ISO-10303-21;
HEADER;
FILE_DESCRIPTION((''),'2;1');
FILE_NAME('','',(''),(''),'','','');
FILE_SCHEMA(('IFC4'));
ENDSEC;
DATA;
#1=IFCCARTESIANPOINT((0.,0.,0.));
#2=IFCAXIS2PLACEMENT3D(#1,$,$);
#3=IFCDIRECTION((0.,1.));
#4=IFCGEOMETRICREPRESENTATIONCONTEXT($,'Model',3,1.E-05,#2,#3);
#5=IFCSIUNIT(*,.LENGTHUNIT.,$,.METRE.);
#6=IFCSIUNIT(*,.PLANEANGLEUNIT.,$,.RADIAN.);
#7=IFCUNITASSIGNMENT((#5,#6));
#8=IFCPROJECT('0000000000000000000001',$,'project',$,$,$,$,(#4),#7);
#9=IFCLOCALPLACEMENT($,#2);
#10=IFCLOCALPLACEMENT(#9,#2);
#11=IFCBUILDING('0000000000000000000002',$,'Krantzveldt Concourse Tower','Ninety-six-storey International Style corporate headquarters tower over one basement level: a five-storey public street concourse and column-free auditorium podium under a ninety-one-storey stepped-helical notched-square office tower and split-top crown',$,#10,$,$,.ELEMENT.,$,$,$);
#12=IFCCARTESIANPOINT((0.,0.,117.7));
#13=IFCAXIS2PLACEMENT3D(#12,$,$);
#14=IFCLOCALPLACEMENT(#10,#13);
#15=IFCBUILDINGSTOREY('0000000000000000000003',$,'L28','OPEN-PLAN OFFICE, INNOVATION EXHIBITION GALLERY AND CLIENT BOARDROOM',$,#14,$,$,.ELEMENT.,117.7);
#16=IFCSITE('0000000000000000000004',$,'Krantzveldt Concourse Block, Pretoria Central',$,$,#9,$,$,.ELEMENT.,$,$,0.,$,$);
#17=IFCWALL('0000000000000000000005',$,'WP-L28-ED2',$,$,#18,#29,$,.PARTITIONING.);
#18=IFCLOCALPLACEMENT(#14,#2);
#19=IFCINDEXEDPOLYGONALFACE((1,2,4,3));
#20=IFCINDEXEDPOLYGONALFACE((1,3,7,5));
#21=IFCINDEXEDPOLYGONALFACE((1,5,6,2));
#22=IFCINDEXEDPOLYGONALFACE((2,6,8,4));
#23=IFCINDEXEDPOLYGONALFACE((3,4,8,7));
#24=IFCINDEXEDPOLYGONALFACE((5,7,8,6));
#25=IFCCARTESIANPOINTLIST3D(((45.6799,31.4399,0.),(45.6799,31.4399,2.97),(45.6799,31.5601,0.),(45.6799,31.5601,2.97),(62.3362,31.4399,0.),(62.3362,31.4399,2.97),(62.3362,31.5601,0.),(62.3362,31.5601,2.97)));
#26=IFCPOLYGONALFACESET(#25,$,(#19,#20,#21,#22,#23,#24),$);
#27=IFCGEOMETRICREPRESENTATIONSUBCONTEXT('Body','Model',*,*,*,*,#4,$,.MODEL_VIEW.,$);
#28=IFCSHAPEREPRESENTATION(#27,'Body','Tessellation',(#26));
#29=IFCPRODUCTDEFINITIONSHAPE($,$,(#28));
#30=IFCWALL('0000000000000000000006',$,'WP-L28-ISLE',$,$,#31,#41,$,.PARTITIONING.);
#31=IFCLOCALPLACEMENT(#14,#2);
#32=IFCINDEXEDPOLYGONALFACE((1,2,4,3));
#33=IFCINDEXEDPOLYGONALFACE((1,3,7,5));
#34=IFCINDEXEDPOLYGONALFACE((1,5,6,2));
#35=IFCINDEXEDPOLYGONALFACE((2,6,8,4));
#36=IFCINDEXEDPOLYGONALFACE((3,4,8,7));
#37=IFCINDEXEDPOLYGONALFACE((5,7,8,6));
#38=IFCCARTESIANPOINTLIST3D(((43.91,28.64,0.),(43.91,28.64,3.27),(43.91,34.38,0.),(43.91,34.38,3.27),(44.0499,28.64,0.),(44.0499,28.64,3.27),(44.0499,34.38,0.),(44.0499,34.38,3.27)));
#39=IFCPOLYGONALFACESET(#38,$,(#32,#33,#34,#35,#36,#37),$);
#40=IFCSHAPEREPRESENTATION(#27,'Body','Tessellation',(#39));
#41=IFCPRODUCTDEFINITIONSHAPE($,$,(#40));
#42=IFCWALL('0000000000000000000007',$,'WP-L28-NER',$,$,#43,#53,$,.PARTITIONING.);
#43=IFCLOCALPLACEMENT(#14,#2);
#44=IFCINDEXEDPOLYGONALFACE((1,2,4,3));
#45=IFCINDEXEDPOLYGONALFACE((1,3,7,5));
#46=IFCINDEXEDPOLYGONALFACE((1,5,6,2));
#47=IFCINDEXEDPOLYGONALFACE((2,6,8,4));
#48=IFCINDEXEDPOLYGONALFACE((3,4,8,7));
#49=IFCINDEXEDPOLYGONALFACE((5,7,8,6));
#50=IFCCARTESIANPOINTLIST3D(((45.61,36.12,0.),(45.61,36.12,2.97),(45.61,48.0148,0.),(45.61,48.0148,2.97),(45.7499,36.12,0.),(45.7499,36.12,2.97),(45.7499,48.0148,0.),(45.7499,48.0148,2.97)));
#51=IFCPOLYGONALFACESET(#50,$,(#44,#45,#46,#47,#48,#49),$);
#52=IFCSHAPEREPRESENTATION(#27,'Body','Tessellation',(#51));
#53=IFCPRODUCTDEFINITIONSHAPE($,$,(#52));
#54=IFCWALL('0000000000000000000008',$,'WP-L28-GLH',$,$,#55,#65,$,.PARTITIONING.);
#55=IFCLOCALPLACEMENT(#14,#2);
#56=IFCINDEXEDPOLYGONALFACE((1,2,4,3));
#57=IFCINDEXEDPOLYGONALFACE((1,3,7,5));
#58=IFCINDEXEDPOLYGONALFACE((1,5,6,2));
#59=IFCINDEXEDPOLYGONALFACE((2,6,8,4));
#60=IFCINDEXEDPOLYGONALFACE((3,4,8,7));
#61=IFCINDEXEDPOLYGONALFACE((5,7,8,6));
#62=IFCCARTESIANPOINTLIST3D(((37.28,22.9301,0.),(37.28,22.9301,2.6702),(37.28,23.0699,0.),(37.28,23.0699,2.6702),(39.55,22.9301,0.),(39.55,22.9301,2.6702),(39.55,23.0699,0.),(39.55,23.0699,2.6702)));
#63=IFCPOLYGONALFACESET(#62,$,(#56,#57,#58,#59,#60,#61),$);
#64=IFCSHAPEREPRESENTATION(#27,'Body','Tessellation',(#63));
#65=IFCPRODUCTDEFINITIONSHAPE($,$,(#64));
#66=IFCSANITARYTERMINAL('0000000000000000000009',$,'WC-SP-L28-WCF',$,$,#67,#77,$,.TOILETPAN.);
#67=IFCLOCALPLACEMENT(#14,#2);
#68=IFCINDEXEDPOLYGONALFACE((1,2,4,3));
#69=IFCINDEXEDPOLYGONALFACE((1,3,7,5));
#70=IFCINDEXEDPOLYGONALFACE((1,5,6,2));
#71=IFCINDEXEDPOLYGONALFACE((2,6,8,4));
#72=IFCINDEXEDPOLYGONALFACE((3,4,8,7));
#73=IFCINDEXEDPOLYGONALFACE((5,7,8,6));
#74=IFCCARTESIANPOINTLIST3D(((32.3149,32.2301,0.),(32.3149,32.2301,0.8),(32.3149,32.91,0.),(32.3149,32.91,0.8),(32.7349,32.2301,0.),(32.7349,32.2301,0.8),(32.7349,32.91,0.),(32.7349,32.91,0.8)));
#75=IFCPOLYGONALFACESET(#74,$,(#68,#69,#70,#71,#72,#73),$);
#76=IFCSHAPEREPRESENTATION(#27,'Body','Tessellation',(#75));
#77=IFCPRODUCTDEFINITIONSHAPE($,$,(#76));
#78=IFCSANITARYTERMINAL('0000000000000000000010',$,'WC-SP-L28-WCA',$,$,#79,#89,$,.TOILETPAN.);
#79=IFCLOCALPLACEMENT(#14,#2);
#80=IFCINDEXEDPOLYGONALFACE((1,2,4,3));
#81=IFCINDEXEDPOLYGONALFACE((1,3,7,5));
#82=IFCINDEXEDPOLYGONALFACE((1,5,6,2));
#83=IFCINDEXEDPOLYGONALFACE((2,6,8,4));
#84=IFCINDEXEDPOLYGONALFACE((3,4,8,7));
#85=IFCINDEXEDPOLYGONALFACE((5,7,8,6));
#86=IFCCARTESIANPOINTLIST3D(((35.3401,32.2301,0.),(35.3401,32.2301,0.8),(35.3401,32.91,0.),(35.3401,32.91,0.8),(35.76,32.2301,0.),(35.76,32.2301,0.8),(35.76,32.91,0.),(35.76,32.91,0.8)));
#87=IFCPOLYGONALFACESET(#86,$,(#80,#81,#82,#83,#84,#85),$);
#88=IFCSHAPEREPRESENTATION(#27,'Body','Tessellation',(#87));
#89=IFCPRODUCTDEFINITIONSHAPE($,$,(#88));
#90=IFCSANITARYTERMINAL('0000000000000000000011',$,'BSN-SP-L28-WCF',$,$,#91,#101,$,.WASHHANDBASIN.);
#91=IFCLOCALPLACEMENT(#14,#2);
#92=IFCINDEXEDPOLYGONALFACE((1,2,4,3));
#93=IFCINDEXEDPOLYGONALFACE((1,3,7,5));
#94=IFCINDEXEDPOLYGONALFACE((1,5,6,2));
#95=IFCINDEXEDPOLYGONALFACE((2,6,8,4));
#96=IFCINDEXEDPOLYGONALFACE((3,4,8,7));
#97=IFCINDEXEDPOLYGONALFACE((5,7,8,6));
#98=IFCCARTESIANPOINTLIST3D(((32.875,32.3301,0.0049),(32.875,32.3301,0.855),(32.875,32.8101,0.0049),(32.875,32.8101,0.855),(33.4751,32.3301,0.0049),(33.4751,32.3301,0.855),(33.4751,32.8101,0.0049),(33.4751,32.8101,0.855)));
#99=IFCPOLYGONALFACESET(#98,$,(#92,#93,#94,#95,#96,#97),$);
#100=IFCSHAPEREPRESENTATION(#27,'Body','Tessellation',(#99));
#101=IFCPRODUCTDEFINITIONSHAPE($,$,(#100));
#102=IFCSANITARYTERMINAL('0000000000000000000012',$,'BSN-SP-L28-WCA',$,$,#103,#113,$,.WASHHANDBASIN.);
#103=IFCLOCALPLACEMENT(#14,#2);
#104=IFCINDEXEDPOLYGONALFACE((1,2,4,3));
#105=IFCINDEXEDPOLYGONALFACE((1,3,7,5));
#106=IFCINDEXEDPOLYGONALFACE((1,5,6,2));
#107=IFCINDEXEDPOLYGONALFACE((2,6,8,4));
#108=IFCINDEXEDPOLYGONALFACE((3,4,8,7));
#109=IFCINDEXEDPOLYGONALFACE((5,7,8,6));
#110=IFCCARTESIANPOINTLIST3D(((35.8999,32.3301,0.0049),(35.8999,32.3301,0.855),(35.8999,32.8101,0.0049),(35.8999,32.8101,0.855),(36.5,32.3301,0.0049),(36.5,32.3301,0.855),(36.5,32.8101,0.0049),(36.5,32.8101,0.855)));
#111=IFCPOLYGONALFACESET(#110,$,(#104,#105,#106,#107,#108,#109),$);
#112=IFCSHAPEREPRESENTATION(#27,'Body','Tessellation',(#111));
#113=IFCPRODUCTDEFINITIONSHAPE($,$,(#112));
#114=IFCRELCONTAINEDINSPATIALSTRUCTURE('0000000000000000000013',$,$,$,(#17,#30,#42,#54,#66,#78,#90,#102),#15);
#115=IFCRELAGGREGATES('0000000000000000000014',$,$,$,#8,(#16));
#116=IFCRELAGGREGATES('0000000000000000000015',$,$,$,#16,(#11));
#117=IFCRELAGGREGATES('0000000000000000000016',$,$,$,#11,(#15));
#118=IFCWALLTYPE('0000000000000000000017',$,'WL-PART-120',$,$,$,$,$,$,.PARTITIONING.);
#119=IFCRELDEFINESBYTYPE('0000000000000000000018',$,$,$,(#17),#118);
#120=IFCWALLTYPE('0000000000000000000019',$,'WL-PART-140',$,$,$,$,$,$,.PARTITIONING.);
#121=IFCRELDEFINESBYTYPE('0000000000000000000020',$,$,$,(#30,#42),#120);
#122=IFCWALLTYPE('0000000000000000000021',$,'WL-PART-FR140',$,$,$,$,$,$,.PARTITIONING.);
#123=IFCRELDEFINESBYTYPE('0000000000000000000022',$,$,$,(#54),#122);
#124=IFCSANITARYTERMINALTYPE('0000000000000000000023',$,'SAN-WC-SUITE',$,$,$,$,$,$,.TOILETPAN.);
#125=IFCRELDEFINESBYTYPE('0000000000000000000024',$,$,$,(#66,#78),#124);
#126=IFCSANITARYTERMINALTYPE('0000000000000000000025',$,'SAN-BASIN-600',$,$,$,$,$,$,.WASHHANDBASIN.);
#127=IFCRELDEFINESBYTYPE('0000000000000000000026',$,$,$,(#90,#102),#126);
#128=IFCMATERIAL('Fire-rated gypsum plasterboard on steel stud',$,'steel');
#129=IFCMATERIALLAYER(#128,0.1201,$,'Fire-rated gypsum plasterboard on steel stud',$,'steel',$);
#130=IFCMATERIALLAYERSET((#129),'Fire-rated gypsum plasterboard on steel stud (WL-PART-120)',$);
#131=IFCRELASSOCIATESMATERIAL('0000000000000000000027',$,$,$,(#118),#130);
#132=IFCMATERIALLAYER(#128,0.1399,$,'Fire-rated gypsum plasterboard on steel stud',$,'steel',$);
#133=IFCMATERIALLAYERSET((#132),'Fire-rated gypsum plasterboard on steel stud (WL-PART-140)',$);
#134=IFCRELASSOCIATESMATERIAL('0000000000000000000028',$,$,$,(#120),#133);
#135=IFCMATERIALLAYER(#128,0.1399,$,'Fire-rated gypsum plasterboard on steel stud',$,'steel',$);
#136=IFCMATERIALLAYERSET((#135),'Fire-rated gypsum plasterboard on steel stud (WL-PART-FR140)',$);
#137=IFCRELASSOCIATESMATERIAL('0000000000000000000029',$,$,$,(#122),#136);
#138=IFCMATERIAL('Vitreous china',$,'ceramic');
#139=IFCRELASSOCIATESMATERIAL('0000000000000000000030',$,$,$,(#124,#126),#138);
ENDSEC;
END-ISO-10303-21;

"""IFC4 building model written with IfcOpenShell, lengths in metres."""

from ifc_helpers import new_model, si_unit, direction, frame, frame_2d, origin, origin_2d, place, context, subcontext, project, spatial, rectangle, extrude, source, transform, mapped, material, layer, layer_set, type_object, type_shapes, element, save


model = new_model("IFC4")

# Units and contexts
model_context = context("Model", 3, precision=1e-05, world=origin(), true_north=direction((0.0, 1.0)))
body_context = subcontext(model_context, "Body", "Model", "MODEL_VIEW")
ifc_project = project(units=[si_unit("LENGTHUNIT", "METRE"), si_unit("PLANEANGLEUNIT", "RADIAN")], contexts=[model_context])

# Site, building, storey
site_placement = place(None, origin())
site = spatial("IfcSite", under=ifc_project, at=site_placement, Name="Krantzveldt Concourse Block, Pretoria Central", CompositionType="ELEMENT", RefElevation=0.0)
building_placement = place(site_placement, origin())
building = spatial("IfcBuilding", under=site, at=building_placement, Name="Krantzveldt Concourse Tower", Description="Ninety-six-storey International Style corporate headquarters tower over one basement level: a five-storey public street concourse and column-free auditorium podium under a ninety-one-storey stepped-helical notched-square office tower and split-top crown", CompositionType="ELEMENT")
storey_placement = place(building_placement, frame((0.0, 0.0, 117.7)))
storey = spatial("IfcBuildingStorey", under=building, at=storey_placement, Name="L28", Description="OPEN-PLAN OFFICE, INNOVATION EXHIBITION GALLERY AND CLIENT BOARDROOM", CompositionType="ELEMENT", Elevation=117.7)

# Walls
ifc_material_1 = material(Name="Fire-rated gypsum plasterboard on steel stud", Category="steel")
ifc_layer_1 = layer(ifc_material_1, 0.1201, Name="Fire-rated gypsum plasterboard on steel stud", Category="steel")
ifc_layer_set_1 = layer_set([ifc_layer_1], Name="Fire-rated gypsum plasterboard on steel stud (WL-PART-120)")
wall_type_1 = type_object("IfcWallType", Name="WL-PART-120", PredefinedType="PARTITIONING", material=ifc_layer_set_1)
wall_1_placement = place(storey_placement, frame((45.6799, 31.5, 0.0), z_axis=(0.0, 0.0, 1.0), x_axis=(1.0, 0.0, 0.0)))
element("IfcWall", 1, at=wall_1_placement, inside=storey, type_object=wall_type_1, Name="WP-L28-ED2", PredefinedType="PARTITIONING", context=body_context, shape_type="SweptSolid", body=[
    extrude(rectangle(XDim=16.6562, YDim=0.1201, at=frame_2d((8.3281, 0.0))), origin(), (0.0, 0.0, 1.0), 2.97),
])
ifc_layer_2 = layer(ifc_material_1, 0.1399, Name="Fire-rated gypsum plasterboard on steel stud", Category="steel")
ifc_layer_set_2 = layer_set([ifc_layer_2], Name="Fire-rated gypsum plasterboard on steel stud (WL-PART-140)")
wall_type_2 = type_object("IfcWallType", Name="WL-PART-140", PredefinedType="PARTITIONING", material=ifc_layer_set_2)
wall_2_placement = place(storey_placement, frame((43.98, 28.6399, 0.0), z_axis=(0.0, 0.0, 1.0), x_axis=(0.0, 1.0, 0.0)))
element("IfcWall", 2, at=wall_2_placement, inside=storey, type_object=wall_type_2, Name="WP-L28-ISLE", PredefinedType="PARTITIONING", context=body_context, shape_type="SweptSolid", body=[
    extrude(rectangle(XDim=5.74, YDim=0.1399, at=frame_2d((2.8701, 0.0))), origin(), (0.0, 0.0, 1.0), 3.27),
])
wall_3_placement = place(storey_placement, frame((45.6799, 36.1201, 0.0), z_axis=(0.0, 0.0, 1.0), x_axis=(0.0, 1.0, 0.0)))
element("IfcWall", 3, at=wall_3_placement, inside=storey, type_object=wall_type_2, Name="WP-L28-NER", PredefinedType="PARTITIONING", context=body_context, shape_type="SweptSolid", body=[
    extrude(rectangle(XDim=11.8948, YDim=0.1399, at=frame_2d((5.9473, 0.0))), origin(), (0.0, 0.0, 1.0), 2.97),
])
ifc_layer_3 = layer(ifc_material_1, 0.1399, Name="Fire-rated gypsum plasterboard on steel stud", Category="steel")
ifc_layer_set_3 = layer_set([ifc_layer_3], Name="Fire-rated gypsum plasterboard on steel stud (WL-PART-FR140)")
wall_type_3 = type_object("IfcWallType", Name="WL-PART-FR140", PredefinedType="PARTITIONING", material=ifc_layer_set_3)
wall_4_placement = place(storey_placement, frame((37.28, 23.0, 0.0), z_axis=(0.0, 0.0, 1.0), x_axis=(1.0, 0.0, 0.0)))
element("IfcWall", 4, at=wall_4_placement, inside=storey, type_object=wall_type_3, Name="WP-L28-GLH", PredefinedType="PARTITIONING", context=body_context, shape_type="SweptSolid", body=[
    extrude(rectangle(XDim=2.27, YDim=0.1399, at=frame_2d((1.135, 0.0))), origin(), (0.0, 0.0, 1.0), 2.6702),
])

# Sanitary terminals
ifc_material_2 = material(Name="Vitreous china", Category="ceramic")
sanitary_terminal_type_1 = type_object("IfcSanitaryTerminalType", Name="SAN-WC-SUITE", PredefinedType="TOILETPAN", material=ifc_material_2)
shared_shape_1 = source(origin(), body_context, "Body", "SweptSolid", [
    extrude(rectangle(XDim=0.4199, YDim=0.6799, at=origin_2d()), origin(), (0.0, 0.0, 1.0), 0.8),
])
type_shapes(sanitary_terminal_type_1, [shared_shape_1])
for number, where, z_axis, x_axis, name in (
    (5, (32.5249, 32.5701, 0.0), (0.0, 0.0, 1.0), (1.0, 0.0, 0.0), "WC-SP-L28-WCF"),
    (6, (35.55, 32.5701, 0.0), (0.0, 0.0, 1.0), (1.0, 0.0, 0.0), "WC-SP-L28-WCA"),
):
    element("IfcSanitaryTerminal", number, at=place(storey_placement, frame(where, z_axis=z_axis, x_axis=x_axis)), inside=storey, type_object=sanitary_terminal_type_1, Name=name, PredefinedType="TOILETPAN", context=body_context, shape_type="MappedRepresentation", body=[
        mapped(shared_shape_1, transform((0.0, 0.0, 0.0), x_axis=(1.0, 0.0, 0.0), y_axis=(0.0, 1.0, 0.0), z_axis=(0.0, 0.0, 1.0), scale=1.0)),
    ])
sanitary_terminal_type_2 = type_object("IfcSanitaryTerminalType", Name="SAN-BASIN-600", PredefinedType="WASHHANDBASIN", material=ifc_material_2)
shared_shape_2 = source(origin(), body_context, "Body", "SweptSolid", [
    extrude(rectangle(XDim=0.6001, YDim=0.48, at=origin_2d()), origin(), (0.0, 0.0, 1.0), 0.8501),
])
type_shapes(sanitary_terminal_type_2, [shared_shape_2])
for number, where, z_axis, x_axis, name in (
    (7, (33.175, 32.5701, 0.0049), (0.0, 0.0, 1.0), (1.0, 0.0, 0.0), "BSN-SP-L28-WCF"),
    (8, (36.2, 32.5701, 0.0049), (0.0, 0.0, 1.0), (1.0, 0.0, 0.0), "BSN-SP-L28-WCA"),
):
    element("IfcSanitaryTerminal", number, at=place(storey_placement, frame(where, z_axis=z_axis, x_axis=x_axis)), inside=storey, type_object=sanitary_terminal_type_2, Name=name, PredefinedType="WASHHANDBASIN", context=body_context, shape_type="MappedRepresentation", body=[
        mapped(shared_shape_2, transform((0.0, 0.0, 0.0), x_axis=(1.0, 0.0, 0.0), y_axis=(0.0, 1.0, 0.0), z_axis=(0.0, 0.0, 1.0), scale=1.0)),
    ])

save(model, "model.ifc")
